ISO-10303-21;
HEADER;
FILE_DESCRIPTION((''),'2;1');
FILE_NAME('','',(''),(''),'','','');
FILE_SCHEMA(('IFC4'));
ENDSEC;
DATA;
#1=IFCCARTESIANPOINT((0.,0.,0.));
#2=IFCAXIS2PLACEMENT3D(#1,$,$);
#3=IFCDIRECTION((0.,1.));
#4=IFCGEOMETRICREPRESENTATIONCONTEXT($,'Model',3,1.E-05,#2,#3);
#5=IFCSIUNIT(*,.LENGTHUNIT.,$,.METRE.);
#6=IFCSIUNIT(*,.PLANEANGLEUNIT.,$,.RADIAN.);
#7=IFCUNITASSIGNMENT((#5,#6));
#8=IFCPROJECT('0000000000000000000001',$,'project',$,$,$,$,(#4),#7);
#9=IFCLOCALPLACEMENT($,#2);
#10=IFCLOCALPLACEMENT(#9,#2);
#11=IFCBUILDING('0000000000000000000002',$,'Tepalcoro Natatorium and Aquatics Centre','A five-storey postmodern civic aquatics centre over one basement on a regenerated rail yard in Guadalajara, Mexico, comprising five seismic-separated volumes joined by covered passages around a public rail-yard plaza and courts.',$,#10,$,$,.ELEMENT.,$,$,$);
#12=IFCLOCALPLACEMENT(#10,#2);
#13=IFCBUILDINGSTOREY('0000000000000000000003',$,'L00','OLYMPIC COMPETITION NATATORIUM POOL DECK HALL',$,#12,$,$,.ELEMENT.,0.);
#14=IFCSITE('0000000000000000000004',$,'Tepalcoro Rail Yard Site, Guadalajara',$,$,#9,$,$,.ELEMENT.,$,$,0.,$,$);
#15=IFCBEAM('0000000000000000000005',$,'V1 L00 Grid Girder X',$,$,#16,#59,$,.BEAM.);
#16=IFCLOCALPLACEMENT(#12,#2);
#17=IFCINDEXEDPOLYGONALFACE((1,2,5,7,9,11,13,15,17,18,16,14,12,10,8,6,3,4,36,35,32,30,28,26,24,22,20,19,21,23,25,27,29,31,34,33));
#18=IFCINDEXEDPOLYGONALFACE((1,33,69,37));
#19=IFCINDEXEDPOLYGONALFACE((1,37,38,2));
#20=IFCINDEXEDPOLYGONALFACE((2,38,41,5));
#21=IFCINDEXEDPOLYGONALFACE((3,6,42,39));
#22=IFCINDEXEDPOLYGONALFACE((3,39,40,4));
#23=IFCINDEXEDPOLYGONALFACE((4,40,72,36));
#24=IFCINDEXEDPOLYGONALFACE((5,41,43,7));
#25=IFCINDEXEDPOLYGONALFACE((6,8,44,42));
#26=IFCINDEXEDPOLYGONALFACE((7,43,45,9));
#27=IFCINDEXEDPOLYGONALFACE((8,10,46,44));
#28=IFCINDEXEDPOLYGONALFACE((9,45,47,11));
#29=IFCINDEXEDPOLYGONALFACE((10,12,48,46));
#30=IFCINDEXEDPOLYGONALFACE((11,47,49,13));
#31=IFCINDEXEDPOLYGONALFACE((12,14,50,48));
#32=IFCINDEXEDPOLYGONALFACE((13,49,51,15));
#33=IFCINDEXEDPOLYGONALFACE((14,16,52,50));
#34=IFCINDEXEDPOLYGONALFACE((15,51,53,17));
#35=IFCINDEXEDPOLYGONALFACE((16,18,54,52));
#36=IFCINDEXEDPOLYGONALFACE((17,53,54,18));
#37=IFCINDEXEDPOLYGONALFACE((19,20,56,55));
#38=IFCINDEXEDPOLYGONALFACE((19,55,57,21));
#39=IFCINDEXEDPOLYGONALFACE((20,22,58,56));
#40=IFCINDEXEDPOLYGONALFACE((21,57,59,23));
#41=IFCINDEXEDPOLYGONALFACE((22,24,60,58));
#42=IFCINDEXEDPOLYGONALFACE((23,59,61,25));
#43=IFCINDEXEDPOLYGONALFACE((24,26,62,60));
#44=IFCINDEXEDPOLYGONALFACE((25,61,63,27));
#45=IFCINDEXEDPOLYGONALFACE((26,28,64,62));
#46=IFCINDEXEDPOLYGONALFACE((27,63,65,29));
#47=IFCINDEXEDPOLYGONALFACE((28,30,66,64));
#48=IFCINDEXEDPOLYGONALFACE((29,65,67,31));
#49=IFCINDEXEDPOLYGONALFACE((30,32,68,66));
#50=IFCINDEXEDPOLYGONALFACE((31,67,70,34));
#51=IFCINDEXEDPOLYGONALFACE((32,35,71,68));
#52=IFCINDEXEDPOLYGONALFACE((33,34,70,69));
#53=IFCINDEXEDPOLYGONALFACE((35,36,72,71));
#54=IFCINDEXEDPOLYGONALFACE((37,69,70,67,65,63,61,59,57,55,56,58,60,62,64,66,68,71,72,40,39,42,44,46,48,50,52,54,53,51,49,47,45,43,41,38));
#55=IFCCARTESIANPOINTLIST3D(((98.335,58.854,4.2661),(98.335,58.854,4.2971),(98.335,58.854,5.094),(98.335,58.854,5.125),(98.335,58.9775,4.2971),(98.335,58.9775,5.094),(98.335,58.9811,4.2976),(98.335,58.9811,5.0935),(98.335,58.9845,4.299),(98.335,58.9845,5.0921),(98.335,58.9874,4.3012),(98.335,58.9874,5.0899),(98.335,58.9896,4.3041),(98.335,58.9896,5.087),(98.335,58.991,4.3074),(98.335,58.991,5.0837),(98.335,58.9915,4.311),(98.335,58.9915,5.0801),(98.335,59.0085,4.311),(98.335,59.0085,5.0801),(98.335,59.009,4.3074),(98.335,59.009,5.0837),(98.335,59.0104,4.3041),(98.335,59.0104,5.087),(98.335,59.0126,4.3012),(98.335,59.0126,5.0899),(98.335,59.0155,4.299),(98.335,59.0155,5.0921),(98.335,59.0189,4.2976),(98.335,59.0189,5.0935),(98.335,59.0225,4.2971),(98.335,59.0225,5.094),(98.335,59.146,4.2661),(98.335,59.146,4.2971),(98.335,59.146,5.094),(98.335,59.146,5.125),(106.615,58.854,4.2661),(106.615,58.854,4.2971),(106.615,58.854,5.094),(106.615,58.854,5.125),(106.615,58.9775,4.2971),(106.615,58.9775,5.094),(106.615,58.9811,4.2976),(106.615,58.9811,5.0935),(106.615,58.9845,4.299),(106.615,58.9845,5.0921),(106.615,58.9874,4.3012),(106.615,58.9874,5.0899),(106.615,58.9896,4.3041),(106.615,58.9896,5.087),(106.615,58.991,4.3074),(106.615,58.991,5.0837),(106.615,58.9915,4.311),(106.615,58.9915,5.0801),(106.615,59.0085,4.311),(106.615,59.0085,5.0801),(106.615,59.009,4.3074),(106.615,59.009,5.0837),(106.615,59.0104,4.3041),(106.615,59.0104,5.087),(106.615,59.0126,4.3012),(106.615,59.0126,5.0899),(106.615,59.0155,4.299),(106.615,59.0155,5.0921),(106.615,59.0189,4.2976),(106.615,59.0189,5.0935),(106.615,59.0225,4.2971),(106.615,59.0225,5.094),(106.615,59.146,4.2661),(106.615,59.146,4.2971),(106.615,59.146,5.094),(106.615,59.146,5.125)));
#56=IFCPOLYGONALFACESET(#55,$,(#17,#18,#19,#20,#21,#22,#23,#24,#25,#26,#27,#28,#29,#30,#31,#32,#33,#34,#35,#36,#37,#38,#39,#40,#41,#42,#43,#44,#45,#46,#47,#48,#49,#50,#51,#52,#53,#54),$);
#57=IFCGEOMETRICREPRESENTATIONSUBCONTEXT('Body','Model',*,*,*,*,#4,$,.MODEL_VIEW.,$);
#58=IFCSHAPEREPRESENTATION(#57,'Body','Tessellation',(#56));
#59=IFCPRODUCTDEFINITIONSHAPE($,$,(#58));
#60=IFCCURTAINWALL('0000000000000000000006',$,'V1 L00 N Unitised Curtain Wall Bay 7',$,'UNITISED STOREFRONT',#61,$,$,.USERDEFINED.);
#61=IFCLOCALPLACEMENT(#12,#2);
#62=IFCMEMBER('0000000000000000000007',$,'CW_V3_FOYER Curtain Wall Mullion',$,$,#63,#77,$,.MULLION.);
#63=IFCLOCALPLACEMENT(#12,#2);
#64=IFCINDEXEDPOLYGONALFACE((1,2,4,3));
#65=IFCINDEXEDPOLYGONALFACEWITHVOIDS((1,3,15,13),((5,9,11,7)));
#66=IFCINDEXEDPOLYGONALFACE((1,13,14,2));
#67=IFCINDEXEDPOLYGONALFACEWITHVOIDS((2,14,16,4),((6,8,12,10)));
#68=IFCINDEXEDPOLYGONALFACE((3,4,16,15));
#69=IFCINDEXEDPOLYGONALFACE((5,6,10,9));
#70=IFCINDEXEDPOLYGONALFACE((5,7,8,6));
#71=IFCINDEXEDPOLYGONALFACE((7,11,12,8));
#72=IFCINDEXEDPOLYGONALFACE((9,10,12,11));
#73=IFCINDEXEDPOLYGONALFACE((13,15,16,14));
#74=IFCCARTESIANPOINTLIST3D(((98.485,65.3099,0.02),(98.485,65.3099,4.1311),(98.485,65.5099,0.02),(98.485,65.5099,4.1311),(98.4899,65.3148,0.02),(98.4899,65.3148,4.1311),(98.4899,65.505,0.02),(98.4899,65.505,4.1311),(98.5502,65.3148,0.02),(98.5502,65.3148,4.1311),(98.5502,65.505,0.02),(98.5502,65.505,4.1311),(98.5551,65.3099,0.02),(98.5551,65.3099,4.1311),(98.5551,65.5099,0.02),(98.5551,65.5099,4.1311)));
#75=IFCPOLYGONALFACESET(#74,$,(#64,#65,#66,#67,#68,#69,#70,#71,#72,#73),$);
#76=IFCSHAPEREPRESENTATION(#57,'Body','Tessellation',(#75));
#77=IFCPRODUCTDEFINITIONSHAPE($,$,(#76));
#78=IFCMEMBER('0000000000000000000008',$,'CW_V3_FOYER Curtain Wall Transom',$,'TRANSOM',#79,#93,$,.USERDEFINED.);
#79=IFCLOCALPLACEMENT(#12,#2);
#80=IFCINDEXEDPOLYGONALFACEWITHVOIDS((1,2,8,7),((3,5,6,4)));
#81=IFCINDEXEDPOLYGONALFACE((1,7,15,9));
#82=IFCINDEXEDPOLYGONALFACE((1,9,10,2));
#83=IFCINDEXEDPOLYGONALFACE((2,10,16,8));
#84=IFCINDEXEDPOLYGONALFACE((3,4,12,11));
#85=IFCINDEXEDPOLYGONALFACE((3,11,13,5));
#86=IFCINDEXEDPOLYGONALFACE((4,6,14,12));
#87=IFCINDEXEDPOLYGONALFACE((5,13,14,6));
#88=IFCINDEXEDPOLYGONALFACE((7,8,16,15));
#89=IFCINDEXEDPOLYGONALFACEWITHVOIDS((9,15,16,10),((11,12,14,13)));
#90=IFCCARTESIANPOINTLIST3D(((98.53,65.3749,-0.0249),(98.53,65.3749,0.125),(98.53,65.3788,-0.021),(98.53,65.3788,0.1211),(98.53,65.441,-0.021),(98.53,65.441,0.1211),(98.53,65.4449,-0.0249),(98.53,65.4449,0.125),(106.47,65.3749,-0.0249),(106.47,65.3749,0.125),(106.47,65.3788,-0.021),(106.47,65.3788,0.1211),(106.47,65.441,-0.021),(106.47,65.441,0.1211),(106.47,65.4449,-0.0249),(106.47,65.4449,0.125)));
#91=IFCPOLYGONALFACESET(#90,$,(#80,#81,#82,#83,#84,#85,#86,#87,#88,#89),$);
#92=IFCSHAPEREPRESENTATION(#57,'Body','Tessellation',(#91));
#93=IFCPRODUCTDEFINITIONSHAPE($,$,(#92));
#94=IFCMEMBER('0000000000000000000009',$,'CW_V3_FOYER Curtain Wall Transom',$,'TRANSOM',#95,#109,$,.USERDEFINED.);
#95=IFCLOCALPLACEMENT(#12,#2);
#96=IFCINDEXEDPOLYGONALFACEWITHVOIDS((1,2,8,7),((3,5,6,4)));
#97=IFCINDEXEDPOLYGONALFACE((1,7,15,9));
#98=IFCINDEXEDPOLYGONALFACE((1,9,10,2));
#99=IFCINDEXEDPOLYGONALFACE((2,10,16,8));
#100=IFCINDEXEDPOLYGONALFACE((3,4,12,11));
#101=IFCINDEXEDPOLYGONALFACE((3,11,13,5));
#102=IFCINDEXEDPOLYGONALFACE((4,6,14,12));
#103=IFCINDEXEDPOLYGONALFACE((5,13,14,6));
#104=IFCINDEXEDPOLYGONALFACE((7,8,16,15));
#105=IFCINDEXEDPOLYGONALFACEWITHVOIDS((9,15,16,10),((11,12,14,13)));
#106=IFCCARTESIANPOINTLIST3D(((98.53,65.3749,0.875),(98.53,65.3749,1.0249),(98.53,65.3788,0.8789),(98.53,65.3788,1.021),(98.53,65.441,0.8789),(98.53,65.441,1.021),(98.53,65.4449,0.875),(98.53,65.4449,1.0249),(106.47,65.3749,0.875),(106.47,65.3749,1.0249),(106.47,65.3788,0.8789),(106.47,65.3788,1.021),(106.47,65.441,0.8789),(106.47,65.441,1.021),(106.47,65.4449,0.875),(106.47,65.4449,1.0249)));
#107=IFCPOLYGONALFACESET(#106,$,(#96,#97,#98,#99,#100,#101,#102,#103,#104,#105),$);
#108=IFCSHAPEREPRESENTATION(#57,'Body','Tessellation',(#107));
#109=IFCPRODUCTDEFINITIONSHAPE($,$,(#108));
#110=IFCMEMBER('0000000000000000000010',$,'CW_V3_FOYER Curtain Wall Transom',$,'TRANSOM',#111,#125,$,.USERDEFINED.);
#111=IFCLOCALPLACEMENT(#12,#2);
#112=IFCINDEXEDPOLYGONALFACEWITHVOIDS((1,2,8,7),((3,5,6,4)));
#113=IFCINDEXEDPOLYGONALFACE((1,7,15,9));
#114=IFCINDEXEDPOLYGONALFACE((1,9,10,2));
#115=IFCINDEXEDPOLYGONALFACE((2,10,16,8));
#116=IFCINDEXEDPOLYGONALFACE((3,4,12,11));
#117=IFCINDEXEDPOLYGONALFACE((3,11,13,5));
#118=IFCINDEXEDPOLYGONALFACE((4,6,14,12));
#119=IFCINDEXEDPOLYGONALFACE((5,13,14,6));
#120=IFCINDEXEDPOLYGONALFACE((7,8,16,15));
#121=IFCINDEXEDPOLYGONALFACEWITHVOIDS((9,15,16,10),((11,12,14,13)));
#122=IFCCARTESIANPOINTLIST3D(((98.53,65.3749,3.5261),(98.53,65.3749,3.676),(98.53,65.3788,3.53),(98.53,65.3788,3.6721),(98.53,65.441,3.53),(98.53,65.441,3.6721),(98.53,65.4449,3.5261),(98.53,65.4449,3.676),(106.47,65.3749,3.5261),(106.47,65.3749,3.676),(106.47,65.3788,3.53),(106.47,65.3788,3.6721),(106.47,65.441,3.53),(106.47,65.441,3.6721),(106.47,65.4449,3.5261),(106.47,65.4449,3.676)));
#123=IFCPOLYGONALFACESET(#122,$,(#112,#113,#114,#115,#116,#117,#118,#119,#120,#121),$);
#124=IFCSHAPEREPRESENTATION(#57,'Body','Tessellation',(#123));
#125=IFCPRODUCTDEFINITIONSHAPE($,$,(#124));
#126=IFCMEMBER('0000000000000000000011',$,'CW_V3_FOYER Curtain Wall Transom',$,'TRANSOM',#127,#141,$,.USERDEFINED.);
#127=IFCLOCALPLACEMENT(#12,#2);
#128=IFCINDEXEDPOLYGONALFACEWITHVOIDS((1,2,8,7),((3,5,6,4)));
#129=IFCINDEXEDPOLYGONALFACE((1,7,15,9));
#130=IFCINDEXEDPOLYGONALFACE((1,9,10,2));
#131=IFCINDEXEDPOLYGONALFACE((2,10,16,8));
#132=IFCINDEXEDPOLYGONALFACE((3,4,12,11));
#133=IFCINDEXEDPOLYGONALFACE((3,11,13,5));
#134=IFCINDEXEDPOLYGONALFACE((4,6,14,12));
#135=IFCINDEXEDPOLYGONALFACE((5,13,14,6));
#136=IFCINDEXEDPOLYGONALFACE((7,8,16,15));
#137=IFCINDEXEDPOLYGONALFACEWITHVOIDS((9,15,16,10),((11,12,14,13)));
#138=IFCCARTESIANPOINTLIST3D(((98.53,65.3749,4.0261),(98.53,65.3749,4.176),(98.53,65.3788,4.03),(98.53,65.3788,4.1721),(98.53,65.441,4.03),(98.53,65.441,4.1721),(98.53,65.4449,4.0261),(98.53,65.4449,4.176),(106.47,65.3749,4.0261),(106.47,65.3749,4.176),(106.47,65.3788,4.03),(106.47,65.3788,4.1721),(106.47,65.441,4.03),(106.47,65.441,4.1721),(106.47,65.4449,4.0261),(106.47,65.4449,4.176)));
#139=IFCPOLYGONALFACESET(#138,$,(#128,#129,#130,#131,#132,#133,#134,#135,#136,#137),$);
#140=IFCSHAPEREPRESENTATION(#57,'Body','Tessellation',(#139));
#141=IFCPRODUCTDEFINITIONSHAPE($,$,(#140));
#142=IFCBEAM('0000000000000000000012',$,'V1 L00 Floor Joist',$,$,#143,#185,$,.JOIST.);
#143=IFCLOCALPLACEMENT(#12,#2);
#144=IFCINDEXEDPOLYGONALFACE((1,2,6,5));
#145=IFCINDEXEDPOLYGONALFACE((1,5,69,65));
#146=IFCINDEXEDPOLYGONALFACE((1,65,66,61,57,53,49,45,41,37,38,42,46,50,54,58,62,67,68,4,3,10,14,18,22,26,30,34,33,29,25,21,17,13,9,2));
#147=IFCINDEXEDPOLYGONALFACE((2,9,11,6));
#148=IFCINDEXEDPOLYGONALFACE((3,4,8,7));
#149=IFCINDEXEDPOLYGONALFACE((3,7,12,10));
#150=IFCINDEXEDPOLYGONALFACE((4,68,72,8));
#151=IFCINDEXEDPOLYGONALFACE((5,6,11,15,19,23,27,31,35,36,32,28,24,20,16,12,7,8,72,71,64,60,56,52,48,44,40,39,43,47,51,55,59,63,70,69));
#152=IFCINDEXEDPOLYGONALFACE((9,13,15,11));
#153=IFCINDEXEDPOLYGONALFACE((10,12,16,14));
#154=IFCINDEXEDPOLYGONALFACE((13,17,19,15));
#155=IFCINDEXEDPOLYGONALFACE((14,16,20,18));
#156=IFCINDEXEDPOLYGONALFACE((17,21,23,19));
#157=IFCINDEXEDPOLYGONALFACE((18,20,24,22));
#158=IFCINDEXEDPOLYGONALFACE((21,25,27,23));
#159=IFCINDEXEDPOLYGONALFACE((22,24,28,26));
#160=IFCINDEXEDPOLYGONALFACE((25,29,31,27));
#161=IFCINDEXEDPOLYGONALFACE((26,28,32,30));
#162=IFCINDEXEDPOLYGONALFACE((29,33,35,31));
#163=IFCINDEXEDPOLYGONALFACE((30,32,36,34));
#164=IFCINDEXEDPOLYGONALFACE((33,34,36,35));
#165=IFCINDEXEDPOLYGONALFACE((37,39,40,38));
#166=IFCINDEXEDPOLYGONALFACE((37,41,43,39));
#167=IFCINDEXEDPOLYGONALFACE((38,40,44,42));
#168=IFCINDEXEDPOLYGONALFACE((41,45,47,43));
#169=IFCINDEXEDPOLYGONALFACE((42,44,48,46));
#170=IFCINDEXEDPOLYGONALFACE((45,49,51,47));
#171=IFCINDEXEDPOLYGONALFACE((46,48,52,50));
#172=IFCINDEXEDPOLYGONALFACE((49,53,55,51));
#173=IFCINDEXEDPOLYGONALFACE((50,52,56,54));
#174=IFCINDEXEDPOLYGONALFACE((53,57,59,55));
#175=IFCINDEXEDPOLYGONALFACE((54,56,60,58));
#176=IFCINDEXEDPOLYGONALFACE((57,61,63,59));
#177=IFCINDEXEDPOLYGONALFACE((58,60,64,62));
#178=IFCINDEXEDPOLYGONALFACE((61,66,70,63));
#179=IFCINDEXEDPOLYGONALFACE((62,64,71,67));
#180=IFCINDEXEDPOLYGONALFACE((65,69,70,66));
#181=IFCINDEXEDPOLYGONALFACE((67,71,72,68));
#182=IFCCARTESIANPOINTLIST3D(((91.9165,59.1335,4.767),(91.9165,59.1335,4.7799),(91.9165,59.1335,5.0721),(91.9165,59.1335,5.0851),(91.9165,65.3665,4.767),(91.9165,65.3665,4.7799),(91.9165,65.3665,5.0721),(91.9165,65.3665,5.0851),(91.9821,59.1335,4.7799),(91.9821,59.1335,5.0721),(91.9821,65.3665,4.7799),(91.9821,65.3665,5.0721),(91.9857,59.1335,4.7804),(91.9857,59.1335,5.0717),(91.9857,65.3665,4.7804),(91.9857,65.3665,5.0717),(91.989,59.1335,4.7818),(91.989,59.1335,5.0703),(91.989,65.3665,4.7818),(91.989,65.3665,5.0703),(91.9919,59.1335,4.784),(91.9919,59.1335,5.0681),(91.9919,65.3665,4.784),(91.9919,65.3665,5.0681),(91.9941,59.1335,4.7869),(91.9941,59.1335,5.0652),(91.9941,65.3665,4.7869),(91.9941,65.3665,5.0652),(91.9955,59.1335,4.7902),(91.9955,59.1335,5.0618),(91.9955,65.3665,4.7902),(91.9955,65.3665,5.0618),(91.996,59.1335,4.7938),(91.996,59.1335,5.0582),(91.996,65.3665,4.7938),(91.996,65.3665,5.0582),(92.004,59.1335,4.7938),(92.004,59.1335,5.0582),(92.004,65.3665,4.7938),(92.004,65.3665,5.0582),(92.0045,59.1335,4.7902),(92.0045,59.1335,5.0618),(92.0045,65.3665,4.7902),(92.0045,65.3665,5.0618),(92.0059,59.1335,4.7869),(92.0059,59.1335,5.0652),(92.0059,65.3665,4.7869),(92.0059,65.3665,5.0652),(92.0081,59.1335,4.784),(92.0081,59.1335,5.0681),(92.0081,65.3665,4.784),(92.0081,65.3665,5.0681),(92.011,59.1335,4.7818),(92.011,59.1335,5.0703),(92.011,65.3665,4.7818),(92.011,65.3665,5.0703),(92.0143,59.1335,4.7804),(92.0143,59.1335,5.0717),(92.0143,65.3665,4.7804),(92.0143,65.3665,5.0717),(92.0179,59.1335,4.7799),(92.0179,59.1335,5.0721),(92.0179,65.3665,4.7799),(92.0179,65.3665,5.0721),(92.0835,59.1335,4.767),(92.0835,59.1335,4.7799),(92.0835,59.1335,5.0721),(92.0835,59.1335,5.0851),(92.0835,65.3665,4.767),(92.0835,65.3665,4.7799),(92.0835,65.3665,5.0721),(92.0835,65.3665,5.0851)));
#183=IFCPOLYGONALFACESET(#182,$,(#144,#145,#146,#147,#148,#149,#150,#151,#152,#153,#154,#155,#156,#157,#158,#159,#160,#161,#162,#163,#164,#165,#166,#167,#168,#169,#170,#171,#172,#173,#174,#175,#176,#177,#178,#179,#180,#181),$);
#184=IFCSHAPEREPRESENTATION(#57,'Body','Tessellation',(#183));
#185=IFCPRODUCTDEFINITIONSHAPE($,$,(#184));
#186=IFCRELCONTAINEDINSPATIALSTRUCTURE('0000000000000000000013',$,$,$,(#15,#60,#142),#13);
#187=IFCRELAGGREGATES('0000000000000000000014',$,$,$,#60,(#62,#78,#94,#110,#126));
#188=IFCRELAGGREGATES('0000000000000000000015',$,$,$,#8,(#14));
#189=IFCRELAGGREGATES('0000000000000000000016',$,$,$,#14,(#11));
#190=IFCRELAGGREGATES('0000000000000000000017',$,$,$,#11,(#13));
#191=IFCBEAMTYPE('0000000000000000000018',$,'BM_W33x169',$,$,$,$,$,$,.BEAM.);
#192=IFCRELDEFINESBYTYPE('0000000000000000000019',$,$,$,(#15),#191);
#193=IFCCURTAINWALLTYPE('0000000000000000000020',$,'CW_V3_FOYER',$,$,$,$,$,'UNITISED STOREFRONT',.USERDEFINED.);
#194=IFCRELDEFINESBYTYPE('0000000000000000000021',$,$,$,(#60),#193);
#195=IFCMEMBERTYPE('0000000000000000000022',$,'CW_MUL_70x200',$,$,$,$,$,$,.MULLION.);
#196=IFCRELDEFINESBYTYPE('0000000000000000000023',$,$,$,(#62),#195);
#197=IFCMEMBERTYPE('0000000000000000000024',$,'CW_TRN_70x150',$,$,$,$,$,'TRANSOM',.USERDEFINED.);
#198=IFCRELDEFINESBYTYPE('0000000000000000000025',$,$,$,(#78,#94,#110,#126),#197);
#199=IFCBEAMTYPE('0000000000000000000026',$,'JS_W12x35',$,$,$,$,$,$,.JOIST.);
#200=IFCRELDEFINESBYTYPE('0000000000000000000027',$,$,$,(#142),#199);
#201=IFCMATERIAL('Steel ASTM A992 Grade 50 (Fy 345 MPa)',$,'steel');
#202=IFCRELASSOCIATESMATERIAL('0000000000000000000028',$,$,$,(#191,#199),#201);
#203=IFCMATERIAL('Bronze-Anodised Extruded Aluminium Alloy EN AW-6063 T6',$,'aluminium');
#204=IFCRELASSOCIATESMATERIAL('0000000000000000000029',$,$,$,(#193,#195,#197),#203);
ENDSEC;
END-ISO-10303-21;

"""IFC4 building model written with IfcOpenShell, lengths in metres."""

from ifc_helpers import new_model, si_unit, direction, frame, origin, origin_2d, place, context, subcontext, project, spatial, hollow_rectangle, i_section, extrude, material, material_profile, profile_set, type_object, element, aggregate, save


model = new_model("IFC4")

# Units and contexts
model_context = context("Model", 3, precision=1e-05, world=origin(), true_north=direction((0.0, 1.0)))
body_context = subcontext(model_context, "Body", "Model", "MODEL_VIEW")
ifc_project = project(units=[si_unit("LENGTHUNIT", "METRE"), si_unit("PLANEANGLEUNIT", "RADIAN")], contexts=[model_context])

# Site, building, storey
site_placement = place(None, origin())
site = spatial("IfcSite", under=ifc_project, at=site_placement, Name="Tepalcoro Rail Yard Site, Guadalajara", CompositionType="ELEMENT", RefElevation=0.0)
building_placement = place(site_placement, origin())
building = spatial("IfcBuilding", under=site, at=building_placement, Name="Tepalcoro Natatorium and Aquatics Centre", Description="A five-storey postmodern civic aquatics centre over one basement on a regenerated rail yard in Guadalajara, Mexico, comprising five seismic-separated volumes joined by covered passages around a public rail-yard plaza and courts.", CompositionType="ELEMENT")
storey_placement = place(building_placement, origin())
storey = spatial("IfcBuildingStorey", under=building, at=storey_placement, Name="L00", Description="OLYMPIC COMPETITION NATATORIUM POOL DECK HALL", CompositionType="ELEMENT", Elevation=0.0)

# Beam
ifc_material_1 = material(Name="Steel ASTM A992 Grade 50 (Fy 345 MPa)", Category="steel")
ifc_material_profile_1 = material_profile(ifc_material_1, i_section(OverallWidth=0.292, OverallDepth=0.8589, WebThickness=0.0171, FlangeThickness=0.031, FilletRadius=0.0139, at=origin_2d()), Name="W33X169")
ifc_profile_set_1 = profile_set([ifc_material_profile_1], Name="Steel ASTM A992 Grade 50 (Fy 345 MPa)")
beam_type_1 = type_object("IfcBeamType", Name="BM_W33x169", PredefinedType="BEAM", material=ifc_profile_set_1)
beam_1_placement = place(storey_placement, frame((98.335, 59.0, 4.6956), z_axis=(1.0, 0.0, 0.0), x_axis=(0.0, 1.0, 0.0)))
element("IfcBeam", 1, at=beam_1_placement, inside=storey, type_object=beam_type_1, Name="V1 L00 Grid Girder X", PredefinedType="BEAM", context=body_context, shape_type="SweptSolid", body=[
    extrude(i_section(OverallWidth=0.292, OverallDepth=0.8589, WebThickness=0.0171, FlangeThickness=0.031, FilletRadius=0.0139, at=origin_2d()), origin(), (0.0, 0.0, 1.0), 8.28),
])

# Curtain wall, members
ifc_material_2 = material(Name="Bronze-Anodised Extruded Aluminium Alloy EN AW-6063 T6", Category="aluminium")
curtain_wall_type = type_object("IfcCurtainWallType", Name="CW_V3_FOYER", ElementType="UNITISED STOREFRONT", PredefinedType="USERDEFINED", material=ifc_material_2)
curtain_wall_placement = place(storey_placement, origin())
curtain_wall = element("IfcCurtainWall", 2, at=curtain_wall_placement, inside=storey, type_object=curtain_wall_type, Name="V1 L00 N Unitised Curtain Wall Bay 7", ObjectType="UNITISED STOREFRONT", PredefinedType="USERDEFINED")
ifc_material_profile_2 = material_profile(ifc_material_2, hollow_rectangle(XDim=0.0701, YDim=0.2, WallThickness=0.0049, at=origin_2d()), Name="AL70X200X5")
ifc_profile_set_2 = profile_set([ifc_material_profile_2], Name="Bronze-Anodised Extruded Aluminium Alloy EN AW-6063 T6")
member_type_1 = type_object("IfcMemberType", Name="CW_MUL_70x200", PredefinedType="MULLION", material=ifc_profile_set_2)
member_1_placement = place(storey_placement, frame((98.52, 65.4099, 0.02), z_axis=(0.0, 0.0, 1.0), x_axis=(1.0, 0.0, 0.0)))
member_1 = element("IfcMember", 3, at=member_1_placement, type_object=member_type_1, Name="CW_V3_FOYER Curtain Wall Mullion", PredefinedType="MULLION", context=body_context, shape_type="SweptSolid", body=[
    extrude(hollow_rectangle(XDim=0.0701, YDim=0.2, WallThickness=0.0049, at=origin_2d()), origin(), (0.0, 0.0, 1.0), 4.1111),
])
ifc_material_profile_3 = material_profile(ifc_material_2, hollow_rectangle(XDim=0.0701, YDim=0.1499, WallThickness=0.0039, at=origin_2d()), Name="AL70X150X4")
ifc_profile_set_3 = profile_set([ifc_material_profile_3], Name="Bronze-Anodised Extruded Aluminium Alloy EN AW-6063 T6")
member_type_2 = type_object("IfcMemberType", Name="CW_TRN_70x150", ElementType="TRANSOM", PredefinedType="USERDEFINED", material=ifc_profile_set_3)
member_2_placement = place(storey_placement, frame((98.53, 65.4099, 0.05), z_axis=(1.0, 0.0, 0.0), x_axis=(0.0, 1.0, 0.0)))
member_2 = element("IfcMember", 4, at=member_2_placement, type_object=member_type_2, Name="CW_V3_FOYER Curtain Wall Transom", ObjectType="TRANSOM", PredefinedType="USERDEFINED", context=body_context, shape_type="SweptSolid", body=[
    extrude(hollow_rectangle(XDim=0.0701, YDim=0.1499, WallThickness=0.0039, at=origin_2d()), origin(), (0.0, 0.0, 1.0), 7.9399),
])
member_3_placement = place(storey_placement, frame((98.53, 65.4099, 0.95), z_axis=(1.0, 0.0, 0.0), x_axis=(0.0, 1.0, 0.0)))
member_3 = element("IfcMember", 5, at=member_3_placement, type_object=member_type_2, Name="CW_V3_FOYER Curtain Wall Transom", ObjectType="TRANSOM", PredefinedType="USERDEFINED", context=body_context, shape_type="SweptSolid", body=[
    extrude(hollow_rectangle(XDim=0.0701, YDim=0.1499, WallThickness=0.0039, at=origin_2d()), origin(), (0.0, 0.0, 1.0), 7.9399),
])
member_4_placement = place(storey_placement, frame((98.53, 65.4099, 3.6011), z_axis=(1.0, 0.0, 0.0), x_axis=(0.0, 1.0, 0.0)))
member_4 = element("IfcMember", 6, at=member_4_placement, type_object=member_type_2, Name="CW_V3_FOYER Curtain Wall Transom", ObjectType="TRANSOM", PredefinedType="USERDEFINED", context=body_context, shape_type="SweptSolid", body=[
    extrude(hollow_rectangle(XDim=0.0701, YDim=0.1499, WallThickness=0.0039, at=origin_2d()), origin(), (0.0, 0.0, 1.0), 7.9399),
])
member_5_placement = place(storey_placement, frame((98.53, 65.4099, 4.1011), z_axis=(1.0, 0.0, 0.0), x_axis=(0.0, 1.0, 0.0)))
member_5 = element("IfcMember", 7, at=member_5_placement, type_object=member_type_2, Name="CW_V3_FOYER Curtain Wall Transom", ObjectType="TRANSOM", PredefinedType="USERDEFINED", context=body_context, shape_type="SweptSolid", body=[
    extrude(hollow_rectangle(XDim=0.0701, YDim=0.1499, WallThickness=0.0039, at=origin_2d()), origin(), (0.0, 0.0, 1.0), 7.9399),
])

# Beam
ifc_material_profile_4 = material_profile(ifc_material_1, i_section(OverallWidth=0.167, OverallDepth=0.3181, WebThickness=0.0081, FlangeThickness=0.0129, FilletRadius=0.0139, at=origin_2d()), Name="W12X35")
ifc_profile_set_4 = profile_set([ifc_material_profile_4], Name="Steel ASTM A992 Grade 50 (Fy 345 MPa)")
beam_type_2 = type_object("IfcBeamType", Name="JS_W12x35", PredefinedType="JOIST", material=ifc_profile_set_4)
beam_2_placement = place(storey_placement, frame((92.0, 59.1335, 4.926), z_axis=(0.0, 1.0, 0.0), x_axis=(-1.0, 0.0, 0.0)))
element("IfcBeam", 8, at=beam_2_placement, inside=storey, type_object=beam_type_2, Name="V1 L00 Floor Joist", PredefinedType="JOIST", context=body_context, shape_type="SweptSolid", body=[
    extrude(i_section(OverallWidth=0.167, OverallDepth=0.3181, WebThickness=0.0081, FlangeThickness=0.0129, FilletRadius=0.0139, at=origin_2d()), origin(), (0.0, 0.0, 1.0), 6.2329),
])

aggregate(curtain_wall, [member_1, member_2, member_3, member_4, member_5])

save(model, "model.ifc")
